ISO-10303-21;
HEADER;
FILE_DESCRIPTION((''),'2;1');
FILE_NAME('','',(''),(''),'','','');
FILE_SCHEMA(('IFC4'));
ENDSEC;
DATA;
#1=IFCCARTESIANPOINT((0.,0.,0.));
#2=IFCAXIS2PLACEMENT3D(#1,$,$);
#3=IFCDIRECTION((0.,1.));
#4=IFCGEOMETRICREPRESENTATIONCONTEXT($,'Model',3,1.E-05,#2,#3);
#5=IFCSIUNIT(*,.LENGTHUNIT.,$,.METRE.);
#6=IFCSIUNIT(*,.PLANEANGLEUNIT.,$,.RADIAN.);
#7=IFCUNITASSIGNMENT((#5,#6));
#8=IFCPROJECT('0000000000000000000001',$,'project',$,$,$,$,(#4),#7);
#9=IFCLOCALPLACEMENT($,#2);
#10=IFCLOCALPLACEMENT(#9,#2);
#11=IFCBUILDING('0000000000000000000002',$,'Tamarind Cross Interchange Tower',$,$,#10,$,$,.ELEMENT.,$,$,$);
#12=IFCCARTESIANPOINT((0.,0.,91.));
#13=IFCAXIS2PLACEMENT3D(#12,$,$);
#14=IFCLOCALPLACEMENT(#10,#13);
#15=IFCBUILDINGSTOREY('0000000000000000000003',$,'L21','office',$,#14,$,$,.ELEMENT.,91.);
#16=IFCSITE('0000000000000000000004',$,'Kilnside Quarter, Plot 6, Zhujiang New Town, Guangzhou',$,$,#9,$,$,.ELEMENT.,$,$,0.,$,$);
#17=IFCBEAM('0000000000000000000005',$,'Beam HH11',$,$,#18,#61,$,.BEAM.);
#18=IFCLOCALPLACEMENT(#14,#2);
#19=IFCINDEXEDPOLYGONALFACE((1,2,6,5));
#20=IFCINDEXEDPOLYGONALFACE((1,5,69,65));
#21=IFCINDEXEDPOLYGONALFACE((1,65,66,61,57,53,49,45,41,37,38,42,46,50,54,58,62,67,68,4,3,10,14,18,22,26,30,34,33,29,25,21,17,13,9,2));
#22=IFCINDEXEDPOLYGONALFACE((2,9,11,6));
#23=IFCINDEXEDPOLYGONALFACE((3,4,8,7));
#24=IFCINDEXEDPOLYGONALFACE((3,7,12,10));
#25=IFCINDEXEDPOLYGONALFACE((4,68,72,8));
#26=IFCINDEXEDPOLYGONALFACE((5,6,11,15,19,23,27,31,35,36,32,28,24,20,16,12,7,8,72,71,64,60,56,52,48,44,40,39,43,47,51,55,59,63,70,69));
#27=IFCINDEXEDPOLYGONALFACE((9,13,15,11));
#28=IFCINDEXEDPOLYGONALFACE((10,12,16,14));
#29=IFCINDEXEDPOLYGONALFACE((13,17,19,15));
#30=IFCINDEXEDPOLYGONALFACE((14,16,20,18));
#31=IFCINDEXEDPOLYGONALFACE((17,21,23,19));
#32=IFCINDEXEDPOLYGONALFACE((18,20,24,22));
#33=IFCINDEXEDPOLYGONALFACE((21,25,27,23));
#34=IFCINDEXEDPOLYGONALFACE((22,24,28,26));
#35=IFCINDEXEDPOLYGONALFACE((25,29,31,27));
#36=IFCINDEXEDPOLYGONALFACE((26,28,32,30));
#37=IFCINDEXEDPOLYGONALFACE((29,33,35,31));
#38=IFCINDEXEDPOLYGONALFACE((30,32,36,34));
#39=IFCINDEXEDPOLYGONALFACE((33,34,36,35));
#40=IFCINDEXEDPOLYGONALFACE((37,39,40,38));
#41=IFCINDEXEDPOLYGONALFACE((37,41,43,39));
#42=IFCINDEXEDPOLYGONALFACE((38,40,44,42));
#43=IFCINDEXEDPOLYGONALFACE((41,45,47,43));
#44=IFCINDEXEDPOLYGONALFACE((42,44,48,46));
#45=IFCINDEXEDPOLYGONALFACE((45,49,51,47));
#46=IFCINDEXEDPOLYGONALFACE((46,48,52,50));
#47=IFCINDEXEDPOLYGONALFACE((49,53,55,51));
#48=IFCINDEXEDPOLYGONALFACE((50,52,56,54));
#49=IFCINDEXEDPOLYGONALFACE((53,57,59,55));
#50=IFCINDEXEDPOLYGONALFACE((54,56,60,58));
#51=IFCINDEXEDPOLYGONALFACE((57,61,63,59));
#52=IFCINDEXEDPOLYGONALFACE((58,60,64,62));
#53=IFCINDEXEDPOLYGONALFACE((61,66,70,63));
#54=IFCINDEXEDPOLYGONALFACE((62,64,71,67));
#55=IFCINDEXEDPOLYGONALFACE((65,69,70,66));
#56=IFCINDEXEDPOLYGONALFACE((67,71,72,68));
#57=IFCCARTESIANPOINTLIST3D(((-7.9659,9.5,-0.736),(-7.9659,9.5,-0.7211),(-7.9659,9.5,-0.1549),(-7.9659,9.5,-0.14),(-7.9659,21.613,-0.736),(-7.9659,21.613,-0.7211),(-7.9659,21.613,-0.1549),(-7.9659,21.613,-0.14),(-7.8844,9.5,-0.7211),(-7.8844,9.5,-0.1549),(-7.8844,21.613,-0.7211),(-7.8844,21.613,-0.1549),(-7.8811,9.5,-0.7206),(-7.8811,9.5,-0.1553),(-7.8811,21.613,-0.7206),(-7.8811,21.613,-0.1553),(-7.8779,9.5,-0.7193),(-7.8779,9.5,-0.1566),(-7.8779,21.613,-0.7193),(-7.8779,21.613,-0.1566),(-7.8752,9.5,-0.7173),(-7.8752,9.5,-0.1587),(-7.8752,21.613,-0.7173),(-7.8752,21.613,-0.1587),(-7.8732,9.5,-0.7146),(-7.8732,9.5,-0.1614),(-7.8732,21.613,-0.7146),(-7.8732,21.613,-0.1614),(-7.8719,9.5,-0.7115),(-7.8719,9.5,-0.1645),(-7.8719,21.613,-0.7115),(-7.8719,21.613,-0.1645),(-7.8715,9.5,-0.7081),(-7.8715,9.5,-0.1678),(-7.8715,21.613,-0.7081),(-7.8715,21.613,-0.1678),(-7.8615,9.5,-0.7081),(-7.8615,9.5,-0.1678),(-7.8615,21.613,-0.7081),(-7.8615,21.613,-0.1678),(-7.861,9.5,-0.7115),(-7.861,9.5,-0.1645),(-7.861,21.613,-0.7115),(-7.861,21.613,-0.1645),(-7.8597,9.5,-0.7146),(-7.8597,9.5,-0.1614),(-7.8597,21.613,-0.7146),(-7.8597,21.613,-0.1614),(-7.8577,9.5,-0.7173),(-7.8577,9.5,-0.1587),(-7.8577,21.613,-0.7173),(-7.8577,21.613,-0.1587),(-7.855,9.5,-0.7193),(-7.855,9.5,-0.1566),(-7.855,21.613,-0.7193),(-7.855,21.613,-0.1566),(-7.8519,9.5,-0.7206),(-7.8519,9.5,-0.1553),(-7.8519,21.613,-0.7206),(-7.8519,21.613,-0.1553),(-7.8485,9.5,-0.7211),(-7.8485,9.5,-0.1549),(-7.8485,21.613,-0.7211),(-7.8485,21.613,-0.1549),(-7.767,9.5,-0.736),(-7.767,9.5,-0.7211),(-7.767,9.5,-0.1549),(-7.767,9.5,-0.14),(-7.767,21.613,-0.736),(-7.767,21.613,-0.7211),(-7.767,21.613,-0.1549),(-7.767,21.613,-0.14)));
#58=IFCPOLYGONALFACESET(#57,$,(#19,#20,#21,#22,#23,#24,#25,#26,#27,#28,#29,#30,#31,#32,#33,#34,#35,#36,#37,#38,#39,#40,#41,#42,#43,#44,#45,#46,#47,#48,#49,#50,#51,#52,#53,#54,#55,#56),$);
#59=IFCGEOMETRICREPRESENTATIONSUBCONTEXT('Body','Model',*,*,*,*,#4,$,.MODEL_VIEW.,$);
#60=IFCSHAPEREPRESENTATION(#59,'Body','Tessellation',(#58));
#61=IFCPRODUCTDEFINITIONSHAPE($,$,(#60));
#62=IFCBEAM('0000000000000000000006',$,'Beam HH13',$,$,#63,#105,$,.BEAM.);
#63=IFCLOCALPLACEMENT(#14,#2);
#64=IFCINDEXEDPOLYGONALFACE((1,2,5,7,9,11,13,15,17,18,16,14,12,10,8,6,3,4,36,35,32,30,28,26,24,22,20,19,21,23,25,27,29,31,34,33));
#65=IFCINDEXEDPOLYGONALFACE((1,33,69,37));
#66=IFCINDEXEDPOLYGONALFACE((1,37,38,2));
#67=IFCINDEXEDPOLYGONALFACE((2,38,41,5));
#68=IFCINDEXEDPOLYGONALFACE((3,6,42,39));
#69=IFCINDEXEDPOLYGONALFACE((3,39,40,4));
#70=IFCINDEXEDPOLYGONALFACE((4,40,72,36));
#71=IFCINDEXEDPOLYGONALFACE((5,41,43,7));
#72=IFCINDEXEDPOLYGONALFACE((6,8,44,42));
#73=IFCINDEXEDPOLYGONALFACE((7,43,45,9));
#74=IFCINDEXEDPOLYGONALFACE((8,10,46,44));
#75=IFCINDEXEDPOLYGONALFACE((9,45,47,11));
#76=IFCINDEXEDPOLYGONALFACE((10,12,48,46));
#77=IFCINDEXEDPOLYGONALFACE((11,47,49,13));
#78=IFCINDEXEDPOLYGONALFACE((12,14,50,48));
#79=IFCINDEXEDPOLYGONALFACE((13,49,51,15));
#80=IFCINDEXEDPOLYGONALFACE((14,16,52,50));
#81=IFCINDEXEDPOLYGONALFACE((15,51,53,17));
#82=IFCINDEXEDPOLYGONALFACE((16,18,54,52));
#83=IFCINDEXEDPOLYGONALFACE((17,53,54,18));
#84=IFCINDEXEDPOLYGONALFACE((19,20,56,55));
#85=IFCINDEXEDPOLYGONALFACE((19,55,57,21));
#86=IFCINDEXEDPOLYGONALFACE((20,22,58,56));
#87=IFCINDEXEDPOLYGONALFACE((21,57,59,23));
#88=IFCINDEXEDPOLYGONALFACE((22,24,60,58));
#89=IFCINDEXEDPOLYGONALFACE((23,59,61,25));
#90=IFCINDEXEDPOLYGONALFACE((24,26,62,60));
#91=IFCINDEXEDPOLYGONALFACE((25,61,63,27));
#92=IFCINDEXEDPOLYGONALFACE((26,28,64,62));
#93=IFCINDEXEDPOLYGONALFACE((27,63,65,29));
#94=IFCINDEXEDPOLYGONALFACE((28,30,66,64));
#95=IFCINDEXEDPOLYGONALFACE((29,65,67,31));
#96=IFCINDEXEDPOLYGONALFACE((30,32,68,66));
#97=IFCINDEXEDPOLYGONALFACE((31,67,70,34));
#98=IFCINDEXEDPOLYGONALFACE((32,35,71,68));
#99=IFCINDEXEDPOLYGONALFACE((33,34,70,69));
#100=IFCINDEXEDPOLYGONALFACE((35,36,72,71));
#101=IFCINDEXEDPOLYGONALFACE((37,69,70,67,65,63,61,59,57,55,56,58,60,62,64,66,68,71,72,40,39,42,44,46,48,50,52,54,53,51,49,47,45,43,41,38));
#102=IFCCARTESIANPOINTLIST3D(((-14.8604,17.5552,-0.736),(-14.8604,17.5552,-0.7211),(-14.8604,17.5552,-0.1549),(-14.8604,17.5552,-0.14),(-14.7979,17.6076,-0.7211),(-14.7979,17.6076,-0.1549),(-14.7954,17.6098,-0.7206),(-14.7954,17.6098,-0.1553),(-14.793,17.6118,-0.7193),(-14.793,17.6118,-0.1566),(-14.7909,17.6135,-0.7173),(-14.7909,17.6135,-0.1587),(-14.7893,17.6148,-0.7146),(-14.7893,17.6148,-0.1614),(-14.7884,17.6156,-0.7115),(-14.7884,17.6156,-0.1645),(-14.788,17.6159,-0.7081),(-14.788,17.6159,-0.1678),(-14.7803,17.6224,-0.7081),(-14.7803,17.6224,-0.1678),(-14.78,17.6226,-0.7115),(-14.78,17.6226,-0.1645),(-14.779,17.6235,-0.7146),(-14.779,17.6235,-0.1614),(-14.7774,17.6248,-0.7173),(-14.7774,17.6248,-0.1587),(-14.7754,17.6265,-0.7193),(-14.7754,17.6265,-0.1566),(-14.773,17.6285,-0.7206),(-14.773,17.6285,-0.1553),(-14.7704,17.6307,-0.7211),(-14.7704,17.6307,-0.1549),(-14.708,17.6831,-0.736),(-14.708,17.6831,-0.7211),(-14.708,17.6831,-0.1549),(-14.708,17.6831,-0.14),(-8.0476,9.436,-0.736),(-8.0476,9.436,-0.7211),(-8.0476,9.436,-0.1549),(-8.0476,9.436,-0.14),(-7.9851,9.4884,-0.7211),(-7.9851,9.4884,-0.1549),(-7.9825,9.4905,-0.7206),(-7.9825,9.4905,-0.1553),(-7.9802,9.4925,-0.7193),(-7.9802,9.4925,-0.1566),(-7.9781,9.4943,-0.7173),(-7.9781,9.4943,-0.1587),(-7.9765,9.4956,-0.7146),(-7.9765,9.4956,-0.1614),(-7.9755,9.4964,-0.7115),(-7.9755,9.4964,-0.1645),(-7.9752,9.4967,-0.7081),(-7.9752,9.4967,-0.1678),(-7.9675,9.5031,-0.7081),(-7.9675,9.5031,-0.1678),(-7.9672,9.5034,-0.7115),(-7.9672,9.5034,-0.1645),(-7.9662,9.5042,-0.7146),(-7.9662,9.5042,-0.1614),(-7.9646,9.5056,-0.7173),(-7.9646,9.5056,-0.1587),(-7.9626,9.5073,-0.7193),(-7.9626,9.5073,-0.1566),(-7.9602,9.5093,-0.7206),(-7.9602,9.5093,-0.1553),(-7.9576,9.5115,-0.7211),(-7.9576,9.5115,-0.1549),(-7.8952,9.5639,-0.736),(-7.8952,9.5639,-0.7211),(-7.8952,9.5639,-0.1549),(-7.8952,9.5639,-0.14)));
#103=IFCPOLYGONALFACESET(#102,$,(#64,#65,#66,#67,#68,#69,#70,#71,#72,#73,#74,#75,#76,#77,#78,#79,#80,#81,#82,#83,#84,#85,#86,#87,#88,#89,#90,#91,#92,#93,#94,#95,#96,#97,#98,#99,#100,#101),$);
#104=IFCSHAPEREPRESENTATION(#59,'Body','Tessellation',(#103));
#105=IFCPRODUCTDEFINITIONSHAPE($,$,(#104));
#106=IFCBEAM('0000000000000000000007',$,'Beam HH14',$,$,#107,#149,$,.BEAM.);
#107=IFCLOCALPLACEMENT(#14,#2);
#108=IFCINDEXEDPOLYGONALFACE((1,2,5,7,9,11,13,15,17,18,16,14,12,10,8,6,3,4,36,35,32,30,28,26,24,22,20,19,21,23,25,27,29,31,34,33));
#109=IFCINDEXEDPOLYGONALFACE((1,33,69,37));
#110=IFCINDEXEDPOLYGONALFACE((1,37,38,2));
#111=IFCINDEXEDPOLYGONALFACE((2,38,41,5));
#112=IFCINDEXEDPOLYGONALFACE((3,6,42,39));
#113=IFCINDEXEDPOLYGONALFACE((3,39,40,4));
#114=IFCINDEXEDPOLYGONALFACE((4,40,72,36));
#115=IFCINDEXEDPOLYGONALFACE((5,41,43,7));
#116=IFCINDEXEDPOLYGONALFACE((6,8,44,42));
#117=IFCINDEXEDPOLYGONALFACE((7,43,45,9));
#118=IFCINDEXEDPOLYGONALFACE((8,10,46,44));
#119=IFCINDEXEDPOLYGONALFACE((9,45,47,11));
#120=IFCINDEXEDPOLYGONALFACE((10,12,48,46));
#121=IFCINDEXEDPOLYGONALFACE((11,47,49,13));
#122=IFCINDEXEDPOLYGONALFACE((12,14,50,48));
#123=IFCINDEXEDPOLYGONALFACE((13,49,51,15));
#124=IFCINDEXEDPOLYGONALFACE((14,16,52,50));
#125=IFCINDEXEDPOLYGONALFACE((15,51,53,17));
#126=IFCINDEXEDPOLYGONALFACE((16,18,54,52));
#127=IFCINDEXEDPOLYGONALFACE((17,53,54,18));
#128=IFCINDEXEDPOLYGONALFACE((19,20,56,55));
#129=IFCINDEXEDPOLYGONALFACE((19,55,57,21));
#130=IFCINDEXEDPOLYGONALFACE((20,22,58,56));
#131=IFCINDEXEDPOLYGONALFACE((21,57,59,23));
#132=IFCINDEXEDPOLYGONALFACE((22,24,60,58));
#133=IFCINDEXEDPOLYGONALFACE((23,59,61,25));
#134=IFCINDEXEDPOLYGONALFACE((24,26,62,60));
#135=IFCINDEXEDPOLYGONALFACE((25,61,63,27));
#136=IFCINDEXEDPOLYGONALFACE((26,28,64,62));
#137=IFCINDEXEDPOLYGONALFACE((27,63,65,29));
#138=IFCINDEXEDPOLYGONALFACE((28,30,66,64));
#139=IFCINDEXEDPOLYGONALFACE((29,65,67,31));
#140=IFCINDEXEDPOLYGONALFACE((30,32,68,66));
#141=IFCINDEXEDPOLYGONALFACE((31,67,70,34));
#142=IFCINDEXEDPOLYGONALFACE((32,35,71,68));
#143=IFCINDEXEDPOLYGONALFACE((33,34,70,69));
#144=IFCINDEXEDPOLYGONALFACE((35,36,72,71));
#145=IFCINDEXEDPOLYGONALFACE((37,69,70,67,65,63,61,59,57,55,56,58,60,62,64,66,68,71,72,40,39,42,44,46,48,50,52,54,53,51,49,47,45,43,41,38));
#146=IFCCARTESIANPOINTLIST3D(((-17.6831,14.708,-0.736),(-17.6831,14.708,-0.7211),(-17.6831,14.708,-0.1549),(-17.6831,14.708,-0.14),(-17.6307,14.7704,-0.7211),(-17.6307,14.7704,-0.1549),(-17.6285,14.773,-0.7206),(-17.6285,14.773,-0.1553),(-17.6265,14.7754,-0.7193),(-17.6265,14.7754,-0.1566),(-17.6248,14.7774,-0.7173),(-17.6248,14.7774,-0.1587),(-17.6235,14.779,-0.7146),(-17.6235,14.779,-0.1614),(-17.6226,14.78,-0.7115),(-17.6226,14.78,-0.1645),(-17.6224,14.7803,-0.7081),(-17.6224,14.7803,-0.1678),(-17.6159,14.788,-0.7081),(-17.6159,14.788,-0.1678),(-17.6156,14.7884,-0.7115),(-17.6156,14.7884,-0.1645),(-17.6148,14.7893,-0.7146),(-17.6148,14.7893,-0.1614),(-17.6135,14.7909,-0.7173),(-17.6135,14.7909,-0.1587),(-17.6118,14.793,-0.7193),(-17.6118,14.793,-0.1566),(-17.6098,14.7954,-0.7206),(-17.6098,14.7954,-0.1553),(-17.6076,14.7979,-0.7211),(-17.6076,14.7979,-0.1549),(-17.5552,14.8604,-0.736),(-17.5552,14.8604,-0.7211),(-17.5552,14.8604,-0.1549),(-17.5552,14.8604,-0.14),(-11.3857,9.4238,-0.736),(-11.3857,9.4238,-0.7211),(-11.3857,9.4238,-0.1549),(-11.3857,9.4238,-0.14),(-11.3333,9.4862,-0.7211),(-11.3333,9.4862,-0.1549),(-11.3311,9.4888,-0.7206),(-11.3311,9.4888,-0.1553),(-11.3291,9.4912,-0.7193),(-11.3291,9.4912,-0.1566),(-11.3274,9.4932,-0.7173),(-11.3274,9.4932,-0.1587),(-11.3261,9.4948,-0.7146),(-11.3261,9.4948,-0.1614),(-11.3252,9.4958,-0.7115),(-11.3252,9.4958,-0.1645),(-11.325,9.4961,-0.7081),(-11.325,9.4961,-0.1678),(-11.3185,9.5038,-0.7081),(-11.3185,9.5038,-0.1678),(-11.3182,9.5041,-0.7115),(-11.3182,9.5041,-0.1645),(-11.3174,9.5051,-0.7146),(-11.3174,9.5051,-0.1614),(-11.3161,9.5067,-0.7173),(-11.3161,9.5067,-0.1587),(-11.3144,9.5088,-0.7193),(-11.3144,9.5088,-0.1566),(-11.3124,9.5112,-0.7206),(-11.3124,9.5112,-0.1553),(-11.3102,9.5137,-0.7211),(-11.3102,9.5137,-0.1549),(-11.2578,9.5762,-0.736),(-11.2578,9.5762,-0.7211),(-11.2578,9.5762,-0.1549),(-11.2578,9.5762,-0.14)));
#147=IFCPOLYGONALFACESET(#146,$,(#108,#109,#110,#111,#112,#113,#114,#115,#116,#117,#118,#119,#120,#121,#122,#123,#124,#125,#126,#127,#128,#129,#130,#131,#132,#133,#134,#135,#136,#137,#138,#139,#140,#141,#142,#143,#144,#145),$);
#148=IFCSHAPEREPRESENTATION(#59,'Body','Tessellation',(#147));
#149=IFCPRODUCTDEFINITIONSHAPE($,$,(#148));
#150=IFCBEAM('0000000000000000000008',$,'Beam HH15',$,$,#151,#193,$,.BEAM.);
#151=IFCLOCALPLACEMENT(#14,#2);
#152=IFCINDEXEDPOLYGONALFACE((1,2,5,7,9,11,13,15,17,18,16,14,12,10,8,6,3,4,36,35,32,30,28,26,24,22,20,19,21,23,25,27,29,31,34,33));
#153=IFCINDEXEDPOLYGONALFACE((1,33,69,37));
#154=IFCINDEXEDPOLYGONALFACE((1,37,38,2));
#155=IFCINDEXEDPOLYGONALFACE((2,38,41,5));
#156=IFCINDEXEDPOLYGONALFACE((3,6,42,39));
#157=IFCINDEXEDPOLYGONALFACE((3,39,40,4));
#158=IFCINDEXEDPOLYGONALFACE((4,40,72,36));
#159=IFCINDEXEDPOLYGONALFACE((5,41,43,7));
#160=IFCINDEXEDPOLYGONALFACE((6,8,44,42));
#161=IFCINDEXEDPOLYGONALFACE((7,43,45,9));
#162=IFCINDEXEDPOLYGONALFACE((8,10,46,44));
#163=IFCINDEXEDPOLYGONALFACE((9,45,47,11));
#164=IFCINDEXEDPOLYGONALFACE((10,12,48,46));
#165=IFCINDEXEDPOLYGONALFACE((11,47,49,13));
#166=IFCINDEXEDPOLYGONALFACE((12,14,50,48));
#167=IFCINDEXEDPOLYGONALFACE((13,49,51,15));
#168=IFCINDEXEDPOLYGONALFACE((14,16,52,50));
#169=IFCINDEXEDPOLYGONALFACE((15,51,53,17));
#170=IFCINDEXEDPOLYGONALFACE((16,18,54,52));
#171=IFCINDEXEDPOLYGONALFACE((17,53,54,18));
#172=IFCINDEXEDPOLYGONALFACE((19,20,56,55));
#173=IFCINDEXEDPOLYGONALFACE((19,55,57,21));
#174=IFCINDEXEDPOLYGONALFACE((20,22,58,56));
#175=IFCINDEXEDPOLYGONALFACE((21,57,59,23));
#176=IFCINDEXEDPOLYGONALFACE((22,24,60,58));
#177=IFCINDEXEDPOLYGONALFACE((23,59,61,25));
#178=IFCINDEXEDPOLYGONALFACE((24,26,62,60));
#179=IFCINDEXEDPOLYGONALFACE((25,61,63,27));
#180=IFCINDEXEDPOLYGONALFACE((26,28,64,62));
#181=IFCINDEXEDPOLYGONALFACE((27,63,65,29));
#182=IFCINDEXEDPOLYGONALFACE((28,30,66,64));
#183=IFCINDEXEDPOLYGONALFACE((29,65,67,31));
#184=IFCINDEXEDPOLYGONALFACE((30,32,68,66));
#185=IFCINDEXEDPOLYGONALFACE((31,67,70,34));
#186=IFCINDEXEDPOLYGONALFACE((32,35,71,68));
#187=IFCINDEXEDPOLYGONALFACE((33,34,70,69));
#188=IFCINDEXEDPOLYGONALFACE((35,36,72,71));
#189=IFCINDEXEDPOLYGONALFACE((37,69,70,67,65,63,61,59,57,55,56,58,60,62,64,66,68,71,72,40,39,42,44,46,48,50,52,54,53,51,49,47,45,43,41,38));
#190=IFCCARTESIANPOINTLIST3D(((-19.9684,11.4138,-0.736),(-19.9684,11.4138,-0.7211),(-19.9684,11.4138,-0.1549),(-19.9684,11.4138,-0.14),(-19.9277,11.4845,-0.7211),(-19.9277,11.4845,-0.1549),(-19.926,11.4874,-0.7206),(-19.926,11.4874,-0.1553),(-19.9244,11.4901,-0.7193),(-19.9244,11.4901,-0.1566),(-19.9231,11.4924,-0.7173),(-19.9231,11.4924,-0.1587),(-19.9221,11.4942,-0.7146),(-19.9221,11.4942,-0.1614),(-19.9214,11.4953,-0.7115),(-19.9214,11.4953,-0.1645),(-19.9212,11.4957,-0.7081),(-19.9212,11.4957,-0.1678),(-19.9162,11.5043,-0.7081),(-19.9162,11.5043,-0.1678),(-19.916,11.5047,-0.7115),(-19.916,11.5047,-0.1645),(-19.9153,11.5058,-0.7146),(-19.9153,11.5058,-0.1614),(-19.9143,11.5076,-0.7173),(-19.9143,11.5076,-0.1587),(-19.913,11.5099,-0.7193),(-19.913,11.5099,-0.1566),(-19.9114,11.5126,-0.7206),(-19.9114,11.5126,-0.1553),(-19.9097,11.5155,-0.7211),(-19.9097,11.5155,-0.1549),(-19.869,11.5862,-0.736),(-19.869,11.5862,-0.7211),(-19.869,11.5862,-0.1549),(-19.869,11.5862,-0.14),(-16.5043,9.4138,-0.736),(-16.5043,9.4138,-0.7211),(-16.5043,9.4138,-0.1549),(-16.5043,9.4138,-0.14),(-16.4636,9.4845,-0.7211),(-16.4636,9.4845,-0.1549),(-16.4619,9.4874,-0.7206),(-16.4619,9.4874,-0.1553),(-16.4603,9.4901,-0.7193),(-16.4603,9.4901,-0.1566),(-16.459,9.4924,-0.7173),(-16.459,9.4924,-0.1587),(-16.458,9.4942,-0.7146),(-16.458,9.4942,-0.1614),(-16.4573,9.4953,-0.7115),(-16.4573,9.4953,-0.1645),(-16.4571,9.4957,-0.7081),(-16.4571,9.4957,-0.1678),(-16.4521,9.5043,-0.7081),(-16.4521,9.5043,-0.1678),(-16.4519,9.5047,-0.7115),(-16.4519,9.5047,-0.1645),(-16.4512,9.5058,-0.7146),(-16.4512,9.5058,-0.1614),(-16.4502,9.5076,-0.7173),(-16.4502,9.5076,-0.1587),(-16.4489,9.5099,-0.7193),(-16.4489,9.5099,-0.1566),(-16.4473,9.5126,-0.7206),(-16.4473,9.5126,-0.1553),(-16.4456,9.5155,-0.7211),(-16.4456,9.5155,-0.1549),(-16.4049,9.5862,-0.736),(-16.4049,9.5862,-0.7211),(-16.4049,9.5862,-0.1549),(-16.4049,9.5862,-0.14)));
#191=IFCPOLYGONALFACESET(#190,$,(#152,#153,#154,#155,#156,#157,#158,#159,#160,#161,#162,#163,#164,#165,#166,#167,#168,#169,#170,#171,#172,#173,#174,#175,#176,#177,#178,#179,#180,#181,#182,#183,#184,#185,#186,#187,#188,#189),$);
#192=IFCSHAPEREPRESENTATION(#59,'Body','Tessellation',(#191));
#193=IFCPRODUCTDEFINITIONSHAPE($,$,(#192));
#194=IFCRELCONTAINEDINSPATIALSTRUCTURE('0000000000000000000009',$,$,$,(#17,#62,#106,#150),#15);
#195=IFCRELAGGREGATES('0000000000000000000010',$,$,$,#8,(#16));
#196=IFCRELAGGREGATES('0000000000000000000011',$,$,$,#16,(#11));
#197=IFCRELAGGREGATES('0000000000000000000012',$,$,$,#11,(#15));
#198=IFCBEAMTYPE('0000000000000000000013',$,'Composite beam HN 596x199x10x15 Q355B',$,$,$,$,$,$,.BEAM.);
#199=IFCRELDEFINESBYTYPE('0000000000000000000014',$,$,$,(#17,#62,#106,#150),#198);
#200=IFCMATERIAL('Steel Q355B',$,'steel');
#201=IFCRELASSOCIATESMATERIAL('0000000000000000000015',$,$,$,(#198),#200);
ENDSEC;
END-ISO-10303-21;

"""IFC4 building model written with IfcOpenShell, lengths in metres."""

from ifc_helpers import new_model, si_unit, direction, frame, origin, origin_2d, place, context, subcontext, project, spatial, i_section, extrude, material, material_profile, profile_set, type_object, element, save


model = new_model("IFC4")

# Units and contexts
model_context = context("Model", 3, precision=1e-05, world=origin(), true_north=direction((0.0, 1.0)))
body_context = subcontext(model_context, "Body", "Model", "MODEL_VIEW")
ifc_project = project(units=[si_unit("LENGTHUNIT", "METRE"), si_unit("PLANEANGLEUNIT", "RADIAN")], contexts=[model_context])

# Site, building, storey
site_placement = place(None, origin())
site = spatial("IfcSite", under=ifc_project, at=site_placement, Name="Kilnside Quarter, Plot 6, Zhujiang New Town, Guangzhou", CompositionType="ELEMENT", RefElevation=0.0)
building_placement = place(site_placement, origin())
building = spatial("IfcBuilding", under=site, at=building_placement, Name="Tamarind Cross Interchange Tower", CompositionType="ELEMENT")
storey_placement = place(building_placement, frame((0.0, 0.0, 91.0)))
storey = spatial("IfcBuildingStorey", under=building, at=storey_placement, Name="L21", Description="office", CompositionType="ELEMENT", Elevation=91.0)

# Beams
ifc_material_1 = material(Name="Steel Q355B", Category="steel")
ifc_material_profile_1 = material_profile(ifc_material_1, i_section(OverallWidth=0.199, OverallDepth=0.5959, WebThickness=0.01, FlangeThickness=0.0149, FilletRadius=0.0129, at=origin_2d()), Name="HN 596x199x10x15")
ifc_profile_set_1 = profile_set([ifc_material_profile_1], Name="Steel Q355B")
beam_type_1 = type_object("IfcBeamType", Name="Composite beam HN 596x199x10x15 Q355B", PredefinedType="BEAM", material=ifc_profile_set_1)
beam_1_placement = place(storey_placement, frame((-7.8665, 21.613, -0.438), z_axis=(0.0, -1.0, 0.0), x_axis=(1.0, 0.0, 0.0)))
element("IfcBeam", 1, at=beam_1_placement, inside=storey, type_object=beam_type_1, Name="Beam HH11", PredefinedType="BEAM", context=body_context, shape_type="SweptSolid", body=[
    extrude(i_section(OverallWidth=0.199, OverallDepth=0.5959, WebThickness=0.01, FlangeThickness=0.0149, FilletRadius=0.0129, at=origin_2d()), origin(), (0.0, 0.0, 1.0), 12.113),
])
beam_2_placement = place(storey_placement, frame((-14.7842, 17.6191, -0.438), z_axis=(0.642786, -0.766046, 0.0), x_axis=(0.766046, 0.642786, 0.0)))
element("IfcBeam", 2, at=beam_2_placement, inside=storey, type_object=beam_type_1, Name="Beam HH13", PredefinedType="BEAM", context=body_context, shape_type="SweptSolid", body=[
    extrude(i_section(OverallWidth=0.199, OverallDepth=0.5959, WebThickness=0.01, FlangeThickness=0.0149, FilletRadius=0.0129, at=origin_2d()), origin(), (0.0, 0.0, 1.0), 10.5989),
])
beam_3_placement = place(storey_placement, frame((-17.6191, 14.7842, -0.438), z_axis=(0.766041, -0.642792, 0.0), x_axis=(0.642792, 0.766041, 0.0)))
element("IfcBeam", 3, at=beam_3_placement, inside=storey, type_object=beam_type_1, Name="Beam HH14", PredefinedType="BEAM", context=body_context, shape_type="SweptSolid", body=[
    extrude(i_section(OverallWidth=0.199, OverallDepth=0.5959, WebThickness=0.01, FlangeThickness=0.0149, FilletRadius=0.0129, at=origin_2d()), origin(), (0.0, 0.0, 1.0), 8.2207),
])
beam_4_placement = place(storey_placement, frame((-19.9187, 11.5, -0.438), z_axis=(0.866026, -0.499999, 0.0), x_axis=(0.499999, 0.866026, 0.0)))
element("IfcBeam", 4, at=beam_4_placement, inside=storey, type_object=beam_type_1, Name="Beam HH15", PredefinedType="BEAM", context=body_context, shape_type="SweptSolid", body=[
    extrude(i_section(OverallWidth=0.199, OverallDepth=0.5959, WebThickness=0.01, FlangeThickness=0.0149, FilletRadius=0.0129, at=origin_2d()), origin(), (0.0, 0.0, 1.0), 4.0),
])

save(model, "model.ifc")
